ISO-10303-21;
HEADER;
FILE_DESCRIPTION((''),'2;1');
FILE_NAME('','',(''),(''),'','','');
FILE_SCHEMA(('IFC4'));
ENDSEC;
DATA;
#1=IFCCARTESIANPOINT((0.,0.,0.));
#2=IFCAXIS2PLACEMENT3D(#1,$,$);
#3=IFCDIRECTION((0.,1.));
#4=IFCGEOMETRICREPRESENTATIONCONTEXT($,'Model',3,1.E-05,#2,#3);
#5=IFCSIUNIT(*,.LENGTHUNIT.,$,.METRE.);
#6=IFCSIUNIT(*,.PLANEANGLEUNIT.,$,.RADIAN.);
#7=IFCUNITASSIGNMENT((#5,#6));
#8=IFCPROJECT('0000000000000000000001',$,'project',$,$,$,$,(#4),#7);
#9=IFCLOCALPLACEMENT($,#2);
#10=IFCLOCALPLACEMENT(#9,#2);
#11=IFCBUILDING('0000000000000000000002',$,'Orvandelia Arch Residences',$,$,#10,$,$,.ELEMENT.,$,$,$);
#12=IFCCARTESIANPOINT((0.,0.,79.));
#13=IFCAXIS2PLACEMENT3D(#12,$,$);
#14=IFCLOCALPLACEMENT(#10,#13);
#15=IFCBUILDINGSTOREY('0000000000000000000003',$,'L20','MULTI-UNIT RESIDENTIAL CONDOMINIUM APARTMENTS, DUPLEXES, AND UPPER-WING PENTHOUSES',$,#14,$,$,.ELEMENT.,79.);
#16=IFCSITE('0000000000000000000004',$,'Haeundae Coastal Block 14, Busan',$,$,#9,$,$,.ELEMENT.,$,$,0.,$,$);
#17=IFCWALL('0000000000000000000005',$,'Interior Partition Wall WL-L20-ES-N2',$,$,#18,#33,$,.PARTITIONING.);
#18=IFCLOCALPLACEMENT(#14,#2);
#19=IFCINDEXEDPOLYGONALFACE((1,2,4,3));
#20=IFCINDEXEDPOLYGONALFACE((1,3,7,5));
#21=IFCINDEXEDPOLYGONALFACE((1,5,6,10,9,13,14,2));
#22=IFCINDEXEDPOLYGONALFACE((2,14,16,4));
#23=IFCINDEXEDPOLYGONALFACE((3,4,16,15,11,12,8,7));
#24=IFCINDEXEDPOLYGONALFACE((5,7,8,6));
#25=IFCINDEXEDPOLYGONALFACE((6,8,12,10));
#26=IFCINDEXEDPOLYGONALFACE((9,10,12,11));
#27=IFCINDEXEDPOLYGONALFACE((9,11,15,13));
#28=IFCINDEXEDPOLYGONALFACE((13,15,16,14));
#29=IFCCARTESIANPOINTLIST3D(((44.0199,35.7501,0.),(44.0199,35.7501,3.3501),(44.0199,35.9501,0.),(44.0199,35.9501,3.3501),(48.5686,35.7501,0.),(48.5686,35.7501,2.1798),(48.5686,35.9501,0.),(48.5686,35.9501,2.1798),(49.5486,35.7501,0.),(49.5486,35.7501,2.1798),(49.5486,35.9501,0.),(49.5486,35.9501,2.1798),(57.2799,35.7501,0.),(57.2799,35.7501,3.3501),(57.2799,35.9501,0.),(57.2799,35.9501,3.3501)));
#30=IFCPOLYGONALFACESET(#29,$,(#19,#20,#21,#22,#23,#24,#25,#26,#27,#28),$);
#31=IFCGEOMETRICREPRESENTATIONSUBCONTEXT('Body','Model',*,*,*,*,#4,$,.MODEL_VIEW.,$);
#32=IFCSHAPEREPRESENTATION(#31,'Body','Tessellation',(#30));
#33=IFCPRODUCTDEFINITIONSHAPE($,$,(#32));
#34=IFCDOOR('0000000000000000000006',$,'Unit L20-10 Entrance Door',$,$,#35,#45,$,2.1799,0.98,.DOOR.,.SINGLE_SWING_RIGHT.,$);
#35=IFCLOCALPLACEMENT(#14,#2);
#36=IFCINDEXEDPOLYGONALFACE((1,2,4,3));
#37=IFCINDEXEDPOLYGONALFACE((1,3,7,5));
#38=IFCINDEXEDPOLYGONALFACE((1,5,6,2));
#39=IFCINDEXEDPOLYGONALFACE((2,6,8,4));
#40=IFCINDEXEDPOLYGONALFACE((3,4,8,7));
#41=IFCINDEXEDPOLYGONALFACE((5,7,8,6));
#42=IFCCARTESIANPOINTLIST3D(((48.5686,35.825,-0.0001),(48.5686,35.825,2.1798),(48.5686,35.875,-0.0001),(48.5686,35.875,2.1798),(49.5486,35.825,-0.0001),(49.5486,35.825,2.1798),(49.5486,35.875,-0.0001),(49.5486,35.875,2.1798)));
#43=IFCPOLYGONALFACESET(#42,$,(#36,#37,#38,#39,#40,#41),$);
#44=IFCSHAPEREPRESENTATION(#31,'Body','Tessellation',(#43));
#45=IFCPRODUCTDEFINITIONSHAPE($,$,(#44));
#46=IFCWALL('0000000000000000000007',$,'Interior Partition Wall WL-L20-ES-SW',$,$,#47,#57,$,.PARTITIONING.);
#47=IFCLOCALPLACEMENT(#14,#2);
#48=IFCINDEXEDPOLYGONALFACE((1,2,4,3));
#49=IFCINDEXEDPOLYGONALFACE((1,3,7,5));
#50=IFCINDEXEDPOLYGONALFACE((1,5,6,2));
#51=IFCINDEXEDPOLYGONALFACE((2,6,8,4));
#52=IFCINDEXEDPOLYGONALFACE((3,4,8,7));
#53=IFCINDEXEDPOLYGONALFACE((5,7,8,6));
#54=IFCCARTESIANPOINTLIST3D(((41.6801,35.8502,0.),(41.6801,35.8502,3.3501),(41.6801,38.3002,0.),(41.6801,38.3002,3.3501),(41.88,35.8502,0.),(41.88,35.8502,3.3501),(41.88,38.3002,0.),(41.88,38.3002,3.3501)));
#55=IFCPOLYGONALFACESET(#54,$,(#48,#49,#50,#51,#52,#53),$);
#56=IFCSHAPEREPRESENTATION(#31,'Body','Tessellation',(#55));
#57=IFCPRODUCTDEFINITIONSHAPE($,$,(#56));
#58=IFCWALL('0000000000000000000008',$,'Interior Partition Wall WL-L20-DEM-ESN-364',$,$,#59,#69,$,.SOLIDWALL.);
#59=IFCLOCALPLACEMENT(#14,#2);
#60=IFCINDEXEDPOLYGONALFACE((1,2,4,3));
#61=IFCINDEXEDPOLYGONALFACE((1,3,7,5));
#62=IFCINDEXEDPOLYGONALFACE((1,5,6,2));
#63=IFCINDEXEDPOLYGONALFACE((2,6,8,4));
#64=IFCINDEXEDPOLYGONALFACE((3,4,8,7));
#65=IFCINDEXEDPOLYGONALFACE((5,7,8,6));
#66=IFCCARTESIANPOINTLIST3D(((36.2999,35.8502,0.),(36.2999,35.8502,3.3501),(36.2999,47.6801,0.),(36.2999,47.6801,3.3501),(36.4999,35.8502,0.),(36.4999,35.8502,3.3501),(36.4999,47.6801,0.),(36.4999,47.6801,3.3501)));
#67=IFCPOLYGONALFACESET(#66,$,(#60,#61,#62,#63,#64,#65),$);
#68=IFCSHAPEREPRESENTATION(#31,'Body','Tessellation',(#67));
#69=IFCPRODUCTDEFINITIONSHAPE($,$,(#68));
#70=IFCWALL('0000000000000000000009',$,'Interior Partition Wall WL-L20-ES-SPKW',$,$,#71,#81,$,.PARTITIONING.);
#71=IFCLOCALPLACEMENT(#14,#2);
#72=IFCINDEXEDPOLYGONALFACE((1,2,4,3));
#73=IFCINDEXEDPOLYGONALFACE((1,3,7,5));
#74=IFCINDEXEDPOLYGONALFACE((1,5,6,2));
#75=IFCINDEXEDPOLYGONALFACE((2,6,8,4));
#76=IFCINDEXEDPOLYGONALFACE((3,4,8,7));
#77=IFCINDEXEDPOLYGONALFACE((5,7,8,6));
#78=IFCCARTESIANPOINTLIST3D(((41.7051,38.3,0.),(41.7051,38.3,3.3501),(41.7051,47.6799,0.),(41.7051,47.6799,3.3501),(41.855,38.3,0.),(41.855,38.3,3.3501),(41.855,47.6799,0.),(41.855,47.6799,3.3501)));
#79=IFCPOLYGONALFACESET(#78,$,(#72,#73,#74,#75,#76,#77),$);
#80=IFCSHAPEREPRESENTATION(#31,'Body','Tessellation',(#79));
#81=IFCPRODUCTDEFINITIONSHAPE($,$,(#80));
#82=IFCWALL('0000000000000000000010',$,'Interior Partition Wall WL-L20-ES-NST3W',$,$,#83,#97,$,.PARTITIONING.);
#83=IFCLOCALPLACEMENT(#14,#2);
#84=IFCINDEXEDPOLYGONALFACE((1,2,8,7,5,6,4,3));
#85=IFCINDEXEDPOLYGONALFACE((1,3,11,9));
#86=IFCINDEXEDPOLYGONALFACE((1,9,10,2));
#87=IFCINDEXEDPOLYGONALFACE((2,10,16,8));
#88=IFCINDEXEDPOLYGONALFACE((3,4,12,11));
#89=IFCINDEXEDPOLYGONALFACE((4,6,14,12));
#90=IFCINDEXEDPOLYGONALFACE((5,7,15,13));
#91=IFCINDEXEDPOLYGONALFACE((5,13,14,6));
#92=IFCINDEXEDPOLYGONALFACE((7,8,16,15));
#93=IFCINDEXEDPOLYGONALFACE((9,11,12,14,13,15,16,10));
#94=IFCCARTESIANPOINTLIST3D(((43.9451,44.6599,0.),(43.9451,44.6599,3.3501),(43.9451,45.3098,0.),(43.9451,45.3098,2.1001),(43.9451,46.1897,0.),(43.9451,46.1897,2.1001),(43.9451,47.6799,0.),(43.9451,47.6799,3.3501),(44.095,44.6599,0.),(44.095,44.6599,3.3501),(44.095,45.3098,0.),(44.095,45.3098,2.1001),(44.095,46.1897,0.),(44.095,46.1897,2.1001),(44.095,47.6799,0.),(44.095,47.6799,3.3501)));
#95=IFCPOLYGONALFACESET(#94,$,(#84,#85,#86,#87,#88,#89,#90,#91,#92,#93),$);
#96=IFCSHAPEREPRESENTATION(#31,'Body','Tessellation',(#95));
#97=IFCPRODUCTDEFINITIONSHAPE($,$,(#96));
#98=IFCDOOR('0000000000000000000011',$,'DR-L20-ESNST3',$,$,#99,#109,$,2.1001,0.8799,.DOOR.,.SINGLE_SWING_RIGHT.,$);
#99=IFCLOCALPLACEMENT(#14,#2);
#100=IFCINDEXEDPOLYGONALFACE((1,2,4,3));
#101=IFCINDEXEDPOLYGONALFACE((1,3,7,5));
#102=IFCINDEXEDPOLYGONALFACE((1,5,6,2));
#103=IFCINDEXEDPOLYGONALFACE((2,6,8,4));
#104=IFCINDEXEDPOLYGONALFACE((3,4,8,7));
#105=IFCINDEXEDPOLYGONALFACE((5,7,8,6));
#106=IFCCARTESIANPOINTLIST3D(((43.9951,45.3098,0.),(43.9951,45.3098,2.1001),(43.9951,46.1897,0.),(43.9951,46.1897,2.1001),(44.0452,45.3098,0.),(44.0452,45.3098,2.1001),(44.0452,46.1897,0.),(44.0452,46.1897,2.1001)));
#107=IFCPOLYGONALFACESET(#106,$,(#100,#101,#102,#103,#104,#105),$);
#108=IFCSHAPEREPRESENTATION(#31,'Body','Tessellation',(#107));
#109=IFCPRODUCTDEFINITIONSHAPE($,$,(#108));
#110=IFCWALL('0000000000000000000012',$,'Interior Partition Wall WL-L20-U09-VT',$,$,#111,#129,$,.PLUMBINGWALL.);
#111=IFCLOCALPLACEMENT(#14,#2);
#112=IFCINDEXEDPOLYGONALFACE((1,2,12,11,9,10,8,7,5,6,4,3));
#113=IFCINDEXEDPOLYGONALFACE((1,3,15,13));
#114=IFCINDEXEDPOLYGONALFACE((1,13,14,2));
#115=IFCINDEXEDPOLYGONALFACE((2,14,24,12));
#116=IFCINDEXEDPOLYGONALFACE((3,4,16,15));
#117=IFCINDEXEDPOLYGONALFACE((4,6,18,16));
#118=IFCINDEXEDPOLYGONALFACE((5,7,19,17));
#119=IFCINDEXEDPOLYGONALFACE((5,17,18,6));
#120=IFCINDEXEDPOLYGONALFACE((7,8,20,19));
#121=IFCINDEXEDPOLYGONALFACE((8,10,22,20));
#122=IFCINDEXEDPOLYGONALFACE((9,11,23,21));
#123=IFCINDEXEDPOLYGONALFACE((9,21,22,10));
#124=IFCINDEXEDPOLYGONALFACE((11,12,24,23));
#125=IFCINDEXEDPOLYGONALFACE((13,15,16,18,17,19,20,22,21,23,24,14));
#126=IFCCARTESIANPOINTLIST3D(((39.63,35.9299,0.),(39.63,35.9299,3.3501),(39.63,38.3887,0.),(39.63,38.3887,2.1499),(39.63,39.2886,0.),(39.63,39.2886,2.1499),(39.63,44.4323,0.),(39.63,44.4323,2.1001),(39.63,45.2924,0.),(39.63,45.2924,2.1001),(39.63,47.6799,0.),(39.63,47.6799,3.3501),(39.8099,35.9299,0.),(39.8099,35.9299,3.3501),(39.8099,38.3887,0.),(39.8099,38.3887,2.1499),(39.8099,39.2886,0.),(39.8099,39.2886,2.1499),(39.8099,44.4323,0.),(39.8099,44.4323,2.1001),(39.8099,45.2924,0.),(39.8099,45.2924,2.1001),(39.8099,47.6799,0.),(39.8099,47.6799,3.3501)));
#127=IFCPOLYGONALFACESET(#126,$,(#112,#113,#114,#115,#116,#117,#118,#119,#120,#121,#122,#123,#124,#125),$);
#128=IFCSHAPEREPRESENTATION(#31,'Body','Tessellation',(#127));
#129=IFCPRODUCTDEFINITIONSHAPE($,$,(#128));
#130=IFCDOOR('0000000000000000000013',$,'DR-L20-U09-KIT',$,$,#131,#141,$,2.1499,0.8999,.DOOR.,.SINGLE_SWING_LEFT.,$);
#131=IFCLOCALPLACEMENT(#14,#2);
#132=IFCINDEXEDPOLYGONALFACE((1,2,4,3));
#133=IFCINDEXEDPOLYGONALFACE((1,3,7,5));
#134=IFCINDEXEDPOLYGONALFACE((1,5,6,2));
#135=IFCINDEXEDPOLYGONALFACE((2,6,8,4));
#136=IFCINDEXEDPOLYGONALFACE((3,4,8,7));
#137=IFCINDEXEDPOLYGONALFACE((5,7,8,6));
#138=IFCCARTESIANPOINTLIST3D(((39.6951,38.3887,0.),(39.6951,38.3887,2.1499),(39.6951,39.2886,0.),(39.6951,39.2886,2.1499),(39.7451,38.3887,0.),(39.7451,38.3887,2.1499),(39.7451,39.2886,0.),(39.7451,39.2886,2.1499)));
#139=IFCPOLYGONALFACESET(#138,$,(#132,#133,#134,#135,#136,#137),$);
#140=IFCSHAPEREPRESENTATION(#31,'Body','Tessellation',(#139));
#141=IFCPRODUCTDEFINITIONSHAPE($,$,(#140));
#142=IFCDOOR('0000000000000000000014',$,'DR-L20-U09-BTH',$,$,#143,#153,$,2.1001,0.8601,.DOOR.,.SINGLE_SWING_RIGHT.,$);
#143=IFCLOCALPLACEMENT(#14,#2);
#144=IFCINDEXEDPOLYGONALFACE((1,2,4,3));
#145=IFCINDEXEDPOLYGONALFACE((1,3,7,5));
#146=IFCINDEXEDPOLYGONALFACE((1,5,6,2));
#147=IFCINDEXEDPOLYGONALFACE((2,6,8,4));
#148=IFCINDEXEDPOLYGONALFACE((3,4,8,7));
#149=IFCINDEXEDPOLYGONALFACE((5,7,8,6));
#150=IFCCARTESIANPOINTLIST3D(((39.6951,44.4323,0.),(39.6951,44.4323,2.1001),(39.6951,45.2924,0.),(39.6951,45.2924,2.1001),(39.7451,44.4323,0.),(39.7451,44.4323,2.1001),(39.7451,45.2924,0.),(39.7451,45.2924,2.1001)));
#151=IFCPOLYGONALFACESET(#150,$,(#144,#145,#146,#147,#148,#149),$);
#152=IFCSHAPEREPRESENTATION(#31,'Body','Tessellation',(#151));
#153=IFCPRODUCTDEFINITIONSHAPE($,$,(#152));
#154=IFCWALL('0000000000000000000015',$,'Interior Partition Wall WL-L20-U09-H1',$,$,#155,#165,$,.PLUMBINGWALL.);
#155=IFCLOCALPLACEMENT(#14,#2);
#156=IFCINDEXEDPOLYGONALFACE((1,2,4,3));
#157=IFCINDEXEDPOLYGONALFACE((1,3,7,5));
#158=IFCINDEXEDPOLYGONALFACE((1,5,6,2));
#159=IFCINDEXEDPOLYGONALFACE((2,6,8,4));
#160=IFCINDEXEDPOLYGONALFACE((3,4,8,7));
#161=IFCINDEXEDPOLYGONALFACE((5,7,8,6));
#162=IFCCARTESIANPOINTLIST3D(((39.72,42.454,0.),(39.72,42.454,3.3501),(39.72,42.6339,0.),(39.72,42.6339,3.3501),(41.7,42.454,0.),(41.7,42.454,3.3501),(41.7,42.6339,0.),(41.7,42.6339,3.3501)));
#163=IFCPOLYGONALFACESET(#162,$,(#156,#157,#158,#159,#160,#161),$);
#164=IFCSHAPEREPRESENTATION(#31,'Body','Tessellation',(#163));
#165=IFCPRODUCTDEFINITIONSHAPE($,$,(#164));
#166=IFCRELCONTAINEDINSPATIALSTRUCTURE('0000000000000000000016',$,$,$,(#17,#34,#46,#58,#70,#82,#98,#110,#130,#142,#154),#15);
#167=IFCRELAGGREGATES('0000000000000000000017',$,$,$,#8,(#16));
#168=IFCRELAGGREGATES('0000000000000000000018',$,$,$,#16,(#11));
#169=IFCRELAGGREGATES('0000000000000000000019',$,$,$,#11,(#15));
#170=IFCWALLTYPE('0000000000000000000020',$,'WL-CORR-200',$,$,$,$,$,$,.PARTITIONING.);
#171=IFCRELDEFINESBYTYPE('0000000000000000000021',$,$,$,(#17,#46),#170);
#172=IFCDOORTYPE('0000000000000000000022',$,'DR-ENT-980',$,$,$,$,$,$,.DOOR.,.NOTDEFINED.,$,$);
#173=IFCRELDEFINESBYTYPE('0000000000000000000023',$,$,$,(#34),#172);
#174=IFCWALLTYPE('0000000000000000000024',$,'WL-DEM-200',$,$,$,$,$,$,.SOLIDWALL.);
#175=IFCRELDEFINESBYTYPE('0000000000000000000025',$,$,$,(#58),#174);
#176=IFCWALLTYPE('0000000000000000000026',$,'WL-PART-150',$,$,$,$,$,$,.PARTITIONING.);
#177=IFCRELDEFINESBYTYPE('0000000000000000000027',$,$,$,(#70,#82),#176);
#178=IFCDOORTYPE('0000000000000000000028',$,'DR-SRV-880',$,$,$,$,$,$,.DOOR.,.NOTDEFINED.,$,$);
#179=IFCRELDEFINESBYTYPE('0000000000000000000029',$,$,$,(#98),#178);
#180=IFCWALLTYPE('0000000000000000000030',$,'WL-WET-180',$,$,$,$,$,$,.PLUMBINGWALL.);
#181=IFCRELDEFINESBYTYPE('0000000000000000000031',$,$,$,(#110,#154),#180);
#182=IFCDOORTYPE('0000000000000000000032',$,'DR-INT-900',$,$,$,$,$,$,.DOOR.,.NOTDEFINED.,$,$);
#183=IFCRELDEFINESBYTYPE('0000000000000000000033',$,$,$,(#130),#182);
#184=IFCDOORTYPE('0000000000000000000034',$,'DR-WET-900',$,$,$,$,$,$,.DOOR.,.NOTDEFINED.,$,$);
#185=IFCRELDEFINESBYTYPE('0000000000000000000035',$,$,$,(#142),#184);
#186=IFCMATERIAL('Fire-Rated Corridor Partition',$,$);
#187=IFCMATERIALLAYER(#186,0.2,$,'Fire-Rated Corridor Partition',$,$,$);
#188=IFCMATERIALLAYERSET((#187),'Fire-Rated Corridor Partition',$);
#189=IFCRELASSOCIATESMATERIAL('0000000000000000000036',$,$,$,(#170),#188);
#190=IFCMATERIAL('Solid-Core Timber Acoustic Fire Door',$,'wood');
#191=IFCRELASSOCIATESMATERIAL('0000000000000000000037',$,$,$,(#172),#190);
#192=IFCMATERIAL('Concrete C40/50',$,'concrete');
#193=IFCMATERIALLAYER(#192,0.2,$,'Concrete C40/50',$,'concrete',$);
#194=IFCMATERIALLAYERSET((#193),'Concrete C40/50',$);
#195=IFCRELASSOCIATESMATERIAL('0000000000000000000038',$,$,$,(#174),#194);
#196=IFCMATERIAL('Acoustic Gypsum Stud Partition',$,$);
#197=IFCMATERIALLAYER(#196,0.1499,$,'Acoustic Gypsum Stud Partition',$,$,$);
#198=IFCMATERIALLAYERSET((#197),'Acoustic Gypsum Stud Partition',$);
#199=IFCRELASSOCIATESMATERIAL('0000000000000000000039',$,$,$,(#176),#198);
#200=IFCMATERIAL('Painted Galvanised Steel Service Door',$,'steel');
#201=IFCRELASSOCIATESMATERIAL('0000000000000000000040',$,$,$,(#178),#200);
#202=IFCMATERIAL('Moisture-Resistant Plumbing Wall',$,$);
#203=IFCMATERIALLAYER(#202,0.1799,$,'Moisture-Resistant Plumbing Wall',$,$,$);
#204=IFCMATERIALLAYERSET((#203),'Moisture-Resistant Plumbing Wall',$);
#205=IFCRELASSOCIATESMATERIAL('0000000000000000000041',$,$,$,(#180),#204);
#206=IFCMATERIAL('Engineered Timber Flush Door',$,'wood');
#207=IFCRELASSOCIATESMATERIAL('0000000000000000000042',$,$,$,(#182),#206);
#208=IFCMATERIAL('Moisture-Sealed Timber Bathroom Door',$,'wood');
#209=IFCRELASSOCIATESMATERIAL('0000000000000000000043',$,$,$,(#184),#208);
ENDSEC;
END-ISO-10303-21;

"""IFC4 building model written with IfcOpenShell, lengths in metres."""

from ifc_helpers import new_model, si_unit, direction, frame, frame_2d, origin, place, context, subcontext, project, spatial, rectangle, extrude, material, layer, layer_set, type_object, element, fill, save


model = new_model("IFC4")

# Units and contexts
model_context = context("Model", 3, precision=1e-05, world=origin(), true_north=direction((0.0, 1.0)))
body_context = subcontext(model_context, "Body", "Model", "MODEL_VIEW")
ifc_project = project(units=[si_unit("LENGTHUNIT", "METRE"), si_unit("PLANEANGLEUNIT", "RADIAN")], contexts=[model_context])

# Site, building, storey
site_placement = place(None, origin())
site = spatial("IfcSite", under=ifc_project, at=site_placement, Name="Haeundae Coastal Block 14, Busan", CompositionType="ELEMENT", RefElevation=0.0)
building_placement = place(site_placement, origin())
building = spatial("IfcBuilding", under=site, at=building_placement, Name="Orvandelia Arch Residences", CompositionType="ELEMENT")
storey_placement = place(building_placement, frame((0.0, 0.0, 79.0)))
storey = spatial("IfcBuildingStorey", under=building, at=storey_placement, Name="L20", Description="MULTI-UNIT RESIDENTIAL CONDOMINIUM APARTMENTS, DUPLEXES, AND UPPER-WING PENTHOUSES", CompositionType="ELEMENT", Elevation=79.0)

# Wall, opening, door
ifc_material_1 = material(Name="Fire-Rated Corridor Partition")
ifc_layer_1 = layer(ifc_material_1, 0.2, Name="Fire-Rated Corridor Partition")
ifc_layer_set_1 = layer_set([ifc_layer_1], Name="Fire-Rated Corridor Partition")
wall_type_1 = type_object("IfcWallType", Name="WL-CORR-200", PredefinedType="PARTITIONING", material=ifc_layer_set_1)
wall_1_placement = place(storey_placement, frame((44.02, 35.8501, 0.0), z_axis=(0.0, 0.0, 1.0), x_axis=(1.0, 0.0, 0.0)))
wall_1 = element("IfcWall", 1, at=wall_1_placement, inside=storey, type_object=wall_type_1, Name="Interior Partition Wall WL-L20-ES-N2", PredefinedType="PARTITIONING", context=body_context, shape_type="SweptSolid", body=[
    extrude(rectangle(XDim=13.26, YDim=0.2, at=frame_2d((6.6299, 0.0))), origin(), (0.0, 0.0, 1.0), 3.3501),
])
opening_1_placement = place(wall_1_placement, frame((4.5486, 0.0, 0.0)))
opening_1 = element("IfcOpeningElement", 2, at=opening_1_placement, cuts=wall_1, PredefinedType="OPENING", context=body_context, shape_type="SweptSolid", body=[
    extrude(rectangle(XDim=0.98, YDim=2.1799, at=frame_2d((0.49, 1.0898))), frame((0.0, 0.1099, 0.0), z_axis=(0.0, -1.0, 0.0), x_axis=(1.0, 0.0, 0.0)), (0.0, 0.0, 1.0), 0.22),
])
ifc_material_2 = material(Name="Solid-Core Timber Acoustic Fire Door", Category="wood")
door_type_1 = type_object("IfcDoorType", Name="DR-ENT-980", OperationType="NOTDEFINED", PredefinedType="DOOR", material=ifc_material_2)
door_1_placement = place(opening_1_placement, origin())
door_1 = element("IfcDoor", 3, at=door_1_placement, inside=storey, type_object=door_type_1, Name="Unit L20-10 Entrance Door", OperationType="SINGLE_SWING_RIGHT", OverallHeight=2.1799, OverallWidth=0.98, PredefinedType="DOOR", context=body_context, shape_type="SweptSolid", body=[
    extrude(rectangle(XDim=0.98, YDim=2.1799, at=frame_2d((0.49, 1.0898))), frame((0.0, 0.0249, 0.0), z_axis=(0.0, -1.0, 0.0), x_axis=(1.0, 0.0, 0.0)), (0.0, 0.0, 1.0), 0.05),
])
fill(opening_1, door_1)

# Wall
wall_2_placement = place(storey_placement, frame((41.78, 35.8501, 0.0), z_axis=(0.0, 0.0, 1.0), x_axis=(0.0, 1.0, 0.0)))
element("IfcWall", 4, at=wall_2_placement, inside=storey, type_object=wall_type_1, Name="Interior Partition Wall WL-L20-ES-SW", PredefinedType="PARTITIONING", context=body_context, shape_type="SweptSolid", body=[
    extrude(rectangle(XDim=2.45, YDim=0.2, at=frame_2d((1.2251, 0.0))), origin(), (0.0, 0.0, 1.0), 3.3501),
])

# Walls
ifc_material_3 = material(Name="Concrete C40/50", Category="concrete")
ifc_layer_2 = layer(ifc_material_3, 0.2, Name="Concrete C40/50", Category="concrete")
ifc_layer_set_2 = layer_set([ifc_layer_2], Name="Concrete C40/50")
wall_type_2 = type_object("IfcWallType", Name="WL-DEM-200", PredefinedType="SOLIDWALL", material=ifc_layer_set_2)
wall_3_placement = place(storey_placement, frame((36.3999, 35.8501, 0.0), z_axis=(0.0, 0.0, 1.0), x_axis=(0.0, 1.0, 0.0)))
element("IfcWall", 5, at=wall_3_placement, inside=storey, type_object=wall_type_2, Name="Interior Partition Wall WL-L20-DEM-ESN-364", PredefinedType="SOLIDWALL", context=body_context, shape_type="SweptSolid", body=[
    extrude(rectangle(XDim=11.8298, YDim=0.2, at=frame_2d((5.915, 0.0))), origin(), (0.0, 0.0, 1.0), 3.3501),
])
ifc_material_4 = material(Name="Acoustic Gypsum Stud Partition")
ifc_layer_3 = layer(ifc_material_4, 0.1499, Name="Acoustic Gypsum Stud Partition")
ifc_layer_set_3 = layer_set([ifc_layer_3], Name="Acoustic Gypsum Stud Partition")
wall_type_3 = type_object("IfcWallType", Name="WL-PART-150", PredefinedType="PARTITIONING", material=ifc_layer_set_3)
wall_4_placement = place(storey_placement, frame((41.78, 38.3, 0.0), z_axis=(0.0, 0.0, 1.0), x_axis=(0.0, 1.0, 0.0)))
element("IfcWall", 6, at=wall_4_placement, inside=storey, type_object=wall_type_3, Name="Interior Partition Wall WL-L20-ES-SPKW", PredefinedType="PARTITIONING", context=body_context, shape_type="SweptSolid", body=[
    extrude(rectangle(XDim=9.3799, YDim=0.1499, at=frame_2d((4.6899, 0.0))), origin(), (0.0, 0.0, 1.0), 3.3501),
])

# Wall, opening, door
wall_5_placement = place(storey_placement, frame((44.02, 44.6599, 0.0), z_axis=(0.0, 0.0, 1.0), x_axis=(0.0, 1.0, 0.0)))
wall_5 = element("IfcWall", 7, at=wall_5_placement, inside=storey, type_object=wall_type_3, Name="Interior Partition Wall WL-L20-ES-NST3W", PredefinedType="PARTITIONING", context=body_context, shape_type="SweptSolid", body=[
    extrude(rectangle(XDim=3.02, YDim=0.1499, at=frame_2d((1.51, 0.0))), origin(), (0.0, 0.0, 1.0), 3.3501),
])
opening_2_placement = place(wall_5_placement, frame((0.6499, 0.0, 0.0)))
opening_2 = element("IfcOpeningElement", 8, at=opening_2_placement, cuts=wall_5, PredefinedType="OPENING", context=body_context, shape_type="SweptSolid", body=[
    extrude(rectangle(XDim=0.8799, YDim=2.1001, at=frame_2d((0.4399, 1.05))), frame((0.0, 0.085, 0.0), z_axis=(0.0, -1.0, 0.0), x_axis=(1.0, 0.0, 0.0)), (0.0, 0.0, 1.0), 0.1699),
])
ifc_material_5 = material(Name="Painted Galvanised Steel Service Door", Category="steel")
door_type_2 = type_object("IfcDoorType", Name="DR-SRV-880", OperationType="NOTDEFINED", PredefinedType="DOOR", material=ifc_material_5)
door_2_placement = place(opening_2_placement, origin())
door_2 = element("IfcDoor", 9, at=door_2_placement, inside=storey, type_object=door_type_2, Name="DR-L20-ESNST3", OperationType="SINGLE_SWING_RIGHT", OverallHeight=2.1001, OverallWidth=0.8799, PredefinedType="DOOR", context=body_context, shape_type="SweptSolid", body=[
    extrude(rectangle(XDim=0.8799, YDim=2.1001, at=frame_2d((0.4399, 1.05))), frame((0.0, 0.0249, 0.0), z_axis=(0.0, -1.0, 0.0), x_axis=(1.0, 0.0, 0.0)), (0.0, 0.0, 1.0), 0.05),
])
fill(opening_2, door_2)

# Wall, openings, doors
ifc_material_6 = material(Name="Moisture-Resistant Plumbing Wall")
ifc_layer_4 = layer(ifc_material_6, 0.1799, Name="Moisture-Resistant Plumbing Wall")
ifc_layer_set_4 = layer_set([ifc_layer_4], Name="Moisture-Resistant Plumbing Wall")
wall_type_4 = type_object("IfcWallType", Name="WL-WET-180", PredefinedType="PLUMBINGWALL", material=ifc_layer_set_4)
wall_6_placement = place(storey_placement, frame((39.72, 35.9299, 0.0), z_axis=(0.0, 0.0, 1.0), x_axis=(0.0, 1.0, 0.0)))
wall_6 = element("IfcWall", 10, at=wall_6_placement, inside=storey, type_object=wall_type_4, Name="Interior Partition Wall WL-L20-U09-VT", PredefinedType="PLUMBINGWALL", context=body_context, shape_type="SweptSolid", body=[
    extrude(rectangle(XDim=11.75, YDim=0.1799, at=frame_2d((5.875, 0.0))), origin(), (0.0, 0.0, 1.0), 3.3501),
])
opening_3_placement = place(wall_6_placement, frame((2.4587, 0.0, 0.0)))
opening_3 = element("IfcOpeningElement", 11, at=opening_3_placement, cuts=wall_6, PredefinedType="OPENING", context=body_context, shape_type="SweptSolid", body=[
    extrude(rectangle(XDim=0.8999, YDim=2.1499, at=frame_2d((0.45, 1.075))), frame((0.0, 0.1001, 0.0), z_axis=(0.0, -1.0, 0.0), x_axis=(1.0, 0.0, 0.0)), (0.0, 0.0, 1.0), 0.2),
])
opening_4_placement = place(wall_6_placement, frame((8.5022, 0.0, 0.0)))
opening_4 = element("IfcOpeningElement", 12, at=opening_4_placement, cuts=wall_6, PredefinedType="OPENING", context=body_context, shape_type="SweptSolid", body=[
    extrude(rectangle(XDim=0.8601, YDim=2.1001, at=frame_2d((0.4302, 1.05))), frame((0.0, 0.1001, 0.0), z_axis=(0.0, -1.0, 0.0), x_axis=(1.0, 0.0, 0.0)), (0.0, 0.0, 1.0), 0.2),
])
ifc_material_7 = material(Name="Engineered Timber Flush Door", Category="wood")
door_type_3 = type_object("IfcDoorType", Name="DR-INT-900", OperationType="NOTDEFINED", PredefinedType="DOOR", material=ifc_material_7)
door_3_placement = place(opening_3_placement, origin())
door_3 = element("IfcDoor", 13, at=door_3_placement, inside=storey, type_object=door_type_3, Name="DR-L20-U09-KIT", OperationType="SINGLE_SWING_LEFT", OverallHeight=2.1499, OverallWidth=0.8999, PredefinedType="DOOR", context=body_context, shape_type="SweptSolid", body=[
    extrude(rectangle(XDim=0.8999, YDim=2.1499, at=frame_2d((0.45, 1.075))), frame((0.0, 0.0249, 0.0), z_axis=(0.0, -1.0, 0.0), x_axis=(1.0, 0.0, 0.0)), (0.0, 0.0, 1.0), 0.05),
])
fill(opening_3, door_3)
ifc_material_8 = material(Name="Moisture-Sealed Timber Bathroom Door", Category="wood")
door_type_4 = type_object("IfcDoorType", Name="DR-WET-900", OperationType="NOTDEFINED", PredefinedType="DOOR", material=ifc_material_8)
door_4_placement = place(opening_4_placement, origin())
door_4 = element("IfcDoor", 14, at=door_4_placement, inside=storey, type_object=door_type_4, Name="DR-L20-U09-BTH", OperationType="SINGLE_SWING_RIGHT", OverallHeight=2.1001, OverallWidth=0.8601, PredefinedType="DOOR", context=body_context, shape_type="SweptSolid", body=[
    extrude(rectangle(XDim=0.8601, YDim=2.1001, at=frame_2d((0.4302, 1.05))), frame((0.0, 0.0249, 0.0), z_axis=(0.0, -1.0, 0.0), x_axis=(1.0, 0.0, 0.0)), (0.0, 0.0, 1.0), 0.05),
])
fill(opening_4, door_4)

# Wall
wall_7_placement = place(storey_placement, frame((39.72, 42.5439, 0.0), z_axis=(0.0, 0.0, 1.0), x_axis=(1.0, 0.0, 0.0)))
element("IfcWall", 15, at=wall_7_placement, inside=storey, type_object=wall_type_4, Name="Interior Partition Wall WL-L20-U09-H1", PredefinedType="PLUMBINGWALL", context=body_context, shape_type="SweptSolid", body=[
    extrude(rectangle(XDim=1.98, YDim=0.1799, at=frame_2d((0.99, 0.0))), origin(), (0.0, 0.0, 1.0), 3.3501),
])

save(model, "model.ifc")
